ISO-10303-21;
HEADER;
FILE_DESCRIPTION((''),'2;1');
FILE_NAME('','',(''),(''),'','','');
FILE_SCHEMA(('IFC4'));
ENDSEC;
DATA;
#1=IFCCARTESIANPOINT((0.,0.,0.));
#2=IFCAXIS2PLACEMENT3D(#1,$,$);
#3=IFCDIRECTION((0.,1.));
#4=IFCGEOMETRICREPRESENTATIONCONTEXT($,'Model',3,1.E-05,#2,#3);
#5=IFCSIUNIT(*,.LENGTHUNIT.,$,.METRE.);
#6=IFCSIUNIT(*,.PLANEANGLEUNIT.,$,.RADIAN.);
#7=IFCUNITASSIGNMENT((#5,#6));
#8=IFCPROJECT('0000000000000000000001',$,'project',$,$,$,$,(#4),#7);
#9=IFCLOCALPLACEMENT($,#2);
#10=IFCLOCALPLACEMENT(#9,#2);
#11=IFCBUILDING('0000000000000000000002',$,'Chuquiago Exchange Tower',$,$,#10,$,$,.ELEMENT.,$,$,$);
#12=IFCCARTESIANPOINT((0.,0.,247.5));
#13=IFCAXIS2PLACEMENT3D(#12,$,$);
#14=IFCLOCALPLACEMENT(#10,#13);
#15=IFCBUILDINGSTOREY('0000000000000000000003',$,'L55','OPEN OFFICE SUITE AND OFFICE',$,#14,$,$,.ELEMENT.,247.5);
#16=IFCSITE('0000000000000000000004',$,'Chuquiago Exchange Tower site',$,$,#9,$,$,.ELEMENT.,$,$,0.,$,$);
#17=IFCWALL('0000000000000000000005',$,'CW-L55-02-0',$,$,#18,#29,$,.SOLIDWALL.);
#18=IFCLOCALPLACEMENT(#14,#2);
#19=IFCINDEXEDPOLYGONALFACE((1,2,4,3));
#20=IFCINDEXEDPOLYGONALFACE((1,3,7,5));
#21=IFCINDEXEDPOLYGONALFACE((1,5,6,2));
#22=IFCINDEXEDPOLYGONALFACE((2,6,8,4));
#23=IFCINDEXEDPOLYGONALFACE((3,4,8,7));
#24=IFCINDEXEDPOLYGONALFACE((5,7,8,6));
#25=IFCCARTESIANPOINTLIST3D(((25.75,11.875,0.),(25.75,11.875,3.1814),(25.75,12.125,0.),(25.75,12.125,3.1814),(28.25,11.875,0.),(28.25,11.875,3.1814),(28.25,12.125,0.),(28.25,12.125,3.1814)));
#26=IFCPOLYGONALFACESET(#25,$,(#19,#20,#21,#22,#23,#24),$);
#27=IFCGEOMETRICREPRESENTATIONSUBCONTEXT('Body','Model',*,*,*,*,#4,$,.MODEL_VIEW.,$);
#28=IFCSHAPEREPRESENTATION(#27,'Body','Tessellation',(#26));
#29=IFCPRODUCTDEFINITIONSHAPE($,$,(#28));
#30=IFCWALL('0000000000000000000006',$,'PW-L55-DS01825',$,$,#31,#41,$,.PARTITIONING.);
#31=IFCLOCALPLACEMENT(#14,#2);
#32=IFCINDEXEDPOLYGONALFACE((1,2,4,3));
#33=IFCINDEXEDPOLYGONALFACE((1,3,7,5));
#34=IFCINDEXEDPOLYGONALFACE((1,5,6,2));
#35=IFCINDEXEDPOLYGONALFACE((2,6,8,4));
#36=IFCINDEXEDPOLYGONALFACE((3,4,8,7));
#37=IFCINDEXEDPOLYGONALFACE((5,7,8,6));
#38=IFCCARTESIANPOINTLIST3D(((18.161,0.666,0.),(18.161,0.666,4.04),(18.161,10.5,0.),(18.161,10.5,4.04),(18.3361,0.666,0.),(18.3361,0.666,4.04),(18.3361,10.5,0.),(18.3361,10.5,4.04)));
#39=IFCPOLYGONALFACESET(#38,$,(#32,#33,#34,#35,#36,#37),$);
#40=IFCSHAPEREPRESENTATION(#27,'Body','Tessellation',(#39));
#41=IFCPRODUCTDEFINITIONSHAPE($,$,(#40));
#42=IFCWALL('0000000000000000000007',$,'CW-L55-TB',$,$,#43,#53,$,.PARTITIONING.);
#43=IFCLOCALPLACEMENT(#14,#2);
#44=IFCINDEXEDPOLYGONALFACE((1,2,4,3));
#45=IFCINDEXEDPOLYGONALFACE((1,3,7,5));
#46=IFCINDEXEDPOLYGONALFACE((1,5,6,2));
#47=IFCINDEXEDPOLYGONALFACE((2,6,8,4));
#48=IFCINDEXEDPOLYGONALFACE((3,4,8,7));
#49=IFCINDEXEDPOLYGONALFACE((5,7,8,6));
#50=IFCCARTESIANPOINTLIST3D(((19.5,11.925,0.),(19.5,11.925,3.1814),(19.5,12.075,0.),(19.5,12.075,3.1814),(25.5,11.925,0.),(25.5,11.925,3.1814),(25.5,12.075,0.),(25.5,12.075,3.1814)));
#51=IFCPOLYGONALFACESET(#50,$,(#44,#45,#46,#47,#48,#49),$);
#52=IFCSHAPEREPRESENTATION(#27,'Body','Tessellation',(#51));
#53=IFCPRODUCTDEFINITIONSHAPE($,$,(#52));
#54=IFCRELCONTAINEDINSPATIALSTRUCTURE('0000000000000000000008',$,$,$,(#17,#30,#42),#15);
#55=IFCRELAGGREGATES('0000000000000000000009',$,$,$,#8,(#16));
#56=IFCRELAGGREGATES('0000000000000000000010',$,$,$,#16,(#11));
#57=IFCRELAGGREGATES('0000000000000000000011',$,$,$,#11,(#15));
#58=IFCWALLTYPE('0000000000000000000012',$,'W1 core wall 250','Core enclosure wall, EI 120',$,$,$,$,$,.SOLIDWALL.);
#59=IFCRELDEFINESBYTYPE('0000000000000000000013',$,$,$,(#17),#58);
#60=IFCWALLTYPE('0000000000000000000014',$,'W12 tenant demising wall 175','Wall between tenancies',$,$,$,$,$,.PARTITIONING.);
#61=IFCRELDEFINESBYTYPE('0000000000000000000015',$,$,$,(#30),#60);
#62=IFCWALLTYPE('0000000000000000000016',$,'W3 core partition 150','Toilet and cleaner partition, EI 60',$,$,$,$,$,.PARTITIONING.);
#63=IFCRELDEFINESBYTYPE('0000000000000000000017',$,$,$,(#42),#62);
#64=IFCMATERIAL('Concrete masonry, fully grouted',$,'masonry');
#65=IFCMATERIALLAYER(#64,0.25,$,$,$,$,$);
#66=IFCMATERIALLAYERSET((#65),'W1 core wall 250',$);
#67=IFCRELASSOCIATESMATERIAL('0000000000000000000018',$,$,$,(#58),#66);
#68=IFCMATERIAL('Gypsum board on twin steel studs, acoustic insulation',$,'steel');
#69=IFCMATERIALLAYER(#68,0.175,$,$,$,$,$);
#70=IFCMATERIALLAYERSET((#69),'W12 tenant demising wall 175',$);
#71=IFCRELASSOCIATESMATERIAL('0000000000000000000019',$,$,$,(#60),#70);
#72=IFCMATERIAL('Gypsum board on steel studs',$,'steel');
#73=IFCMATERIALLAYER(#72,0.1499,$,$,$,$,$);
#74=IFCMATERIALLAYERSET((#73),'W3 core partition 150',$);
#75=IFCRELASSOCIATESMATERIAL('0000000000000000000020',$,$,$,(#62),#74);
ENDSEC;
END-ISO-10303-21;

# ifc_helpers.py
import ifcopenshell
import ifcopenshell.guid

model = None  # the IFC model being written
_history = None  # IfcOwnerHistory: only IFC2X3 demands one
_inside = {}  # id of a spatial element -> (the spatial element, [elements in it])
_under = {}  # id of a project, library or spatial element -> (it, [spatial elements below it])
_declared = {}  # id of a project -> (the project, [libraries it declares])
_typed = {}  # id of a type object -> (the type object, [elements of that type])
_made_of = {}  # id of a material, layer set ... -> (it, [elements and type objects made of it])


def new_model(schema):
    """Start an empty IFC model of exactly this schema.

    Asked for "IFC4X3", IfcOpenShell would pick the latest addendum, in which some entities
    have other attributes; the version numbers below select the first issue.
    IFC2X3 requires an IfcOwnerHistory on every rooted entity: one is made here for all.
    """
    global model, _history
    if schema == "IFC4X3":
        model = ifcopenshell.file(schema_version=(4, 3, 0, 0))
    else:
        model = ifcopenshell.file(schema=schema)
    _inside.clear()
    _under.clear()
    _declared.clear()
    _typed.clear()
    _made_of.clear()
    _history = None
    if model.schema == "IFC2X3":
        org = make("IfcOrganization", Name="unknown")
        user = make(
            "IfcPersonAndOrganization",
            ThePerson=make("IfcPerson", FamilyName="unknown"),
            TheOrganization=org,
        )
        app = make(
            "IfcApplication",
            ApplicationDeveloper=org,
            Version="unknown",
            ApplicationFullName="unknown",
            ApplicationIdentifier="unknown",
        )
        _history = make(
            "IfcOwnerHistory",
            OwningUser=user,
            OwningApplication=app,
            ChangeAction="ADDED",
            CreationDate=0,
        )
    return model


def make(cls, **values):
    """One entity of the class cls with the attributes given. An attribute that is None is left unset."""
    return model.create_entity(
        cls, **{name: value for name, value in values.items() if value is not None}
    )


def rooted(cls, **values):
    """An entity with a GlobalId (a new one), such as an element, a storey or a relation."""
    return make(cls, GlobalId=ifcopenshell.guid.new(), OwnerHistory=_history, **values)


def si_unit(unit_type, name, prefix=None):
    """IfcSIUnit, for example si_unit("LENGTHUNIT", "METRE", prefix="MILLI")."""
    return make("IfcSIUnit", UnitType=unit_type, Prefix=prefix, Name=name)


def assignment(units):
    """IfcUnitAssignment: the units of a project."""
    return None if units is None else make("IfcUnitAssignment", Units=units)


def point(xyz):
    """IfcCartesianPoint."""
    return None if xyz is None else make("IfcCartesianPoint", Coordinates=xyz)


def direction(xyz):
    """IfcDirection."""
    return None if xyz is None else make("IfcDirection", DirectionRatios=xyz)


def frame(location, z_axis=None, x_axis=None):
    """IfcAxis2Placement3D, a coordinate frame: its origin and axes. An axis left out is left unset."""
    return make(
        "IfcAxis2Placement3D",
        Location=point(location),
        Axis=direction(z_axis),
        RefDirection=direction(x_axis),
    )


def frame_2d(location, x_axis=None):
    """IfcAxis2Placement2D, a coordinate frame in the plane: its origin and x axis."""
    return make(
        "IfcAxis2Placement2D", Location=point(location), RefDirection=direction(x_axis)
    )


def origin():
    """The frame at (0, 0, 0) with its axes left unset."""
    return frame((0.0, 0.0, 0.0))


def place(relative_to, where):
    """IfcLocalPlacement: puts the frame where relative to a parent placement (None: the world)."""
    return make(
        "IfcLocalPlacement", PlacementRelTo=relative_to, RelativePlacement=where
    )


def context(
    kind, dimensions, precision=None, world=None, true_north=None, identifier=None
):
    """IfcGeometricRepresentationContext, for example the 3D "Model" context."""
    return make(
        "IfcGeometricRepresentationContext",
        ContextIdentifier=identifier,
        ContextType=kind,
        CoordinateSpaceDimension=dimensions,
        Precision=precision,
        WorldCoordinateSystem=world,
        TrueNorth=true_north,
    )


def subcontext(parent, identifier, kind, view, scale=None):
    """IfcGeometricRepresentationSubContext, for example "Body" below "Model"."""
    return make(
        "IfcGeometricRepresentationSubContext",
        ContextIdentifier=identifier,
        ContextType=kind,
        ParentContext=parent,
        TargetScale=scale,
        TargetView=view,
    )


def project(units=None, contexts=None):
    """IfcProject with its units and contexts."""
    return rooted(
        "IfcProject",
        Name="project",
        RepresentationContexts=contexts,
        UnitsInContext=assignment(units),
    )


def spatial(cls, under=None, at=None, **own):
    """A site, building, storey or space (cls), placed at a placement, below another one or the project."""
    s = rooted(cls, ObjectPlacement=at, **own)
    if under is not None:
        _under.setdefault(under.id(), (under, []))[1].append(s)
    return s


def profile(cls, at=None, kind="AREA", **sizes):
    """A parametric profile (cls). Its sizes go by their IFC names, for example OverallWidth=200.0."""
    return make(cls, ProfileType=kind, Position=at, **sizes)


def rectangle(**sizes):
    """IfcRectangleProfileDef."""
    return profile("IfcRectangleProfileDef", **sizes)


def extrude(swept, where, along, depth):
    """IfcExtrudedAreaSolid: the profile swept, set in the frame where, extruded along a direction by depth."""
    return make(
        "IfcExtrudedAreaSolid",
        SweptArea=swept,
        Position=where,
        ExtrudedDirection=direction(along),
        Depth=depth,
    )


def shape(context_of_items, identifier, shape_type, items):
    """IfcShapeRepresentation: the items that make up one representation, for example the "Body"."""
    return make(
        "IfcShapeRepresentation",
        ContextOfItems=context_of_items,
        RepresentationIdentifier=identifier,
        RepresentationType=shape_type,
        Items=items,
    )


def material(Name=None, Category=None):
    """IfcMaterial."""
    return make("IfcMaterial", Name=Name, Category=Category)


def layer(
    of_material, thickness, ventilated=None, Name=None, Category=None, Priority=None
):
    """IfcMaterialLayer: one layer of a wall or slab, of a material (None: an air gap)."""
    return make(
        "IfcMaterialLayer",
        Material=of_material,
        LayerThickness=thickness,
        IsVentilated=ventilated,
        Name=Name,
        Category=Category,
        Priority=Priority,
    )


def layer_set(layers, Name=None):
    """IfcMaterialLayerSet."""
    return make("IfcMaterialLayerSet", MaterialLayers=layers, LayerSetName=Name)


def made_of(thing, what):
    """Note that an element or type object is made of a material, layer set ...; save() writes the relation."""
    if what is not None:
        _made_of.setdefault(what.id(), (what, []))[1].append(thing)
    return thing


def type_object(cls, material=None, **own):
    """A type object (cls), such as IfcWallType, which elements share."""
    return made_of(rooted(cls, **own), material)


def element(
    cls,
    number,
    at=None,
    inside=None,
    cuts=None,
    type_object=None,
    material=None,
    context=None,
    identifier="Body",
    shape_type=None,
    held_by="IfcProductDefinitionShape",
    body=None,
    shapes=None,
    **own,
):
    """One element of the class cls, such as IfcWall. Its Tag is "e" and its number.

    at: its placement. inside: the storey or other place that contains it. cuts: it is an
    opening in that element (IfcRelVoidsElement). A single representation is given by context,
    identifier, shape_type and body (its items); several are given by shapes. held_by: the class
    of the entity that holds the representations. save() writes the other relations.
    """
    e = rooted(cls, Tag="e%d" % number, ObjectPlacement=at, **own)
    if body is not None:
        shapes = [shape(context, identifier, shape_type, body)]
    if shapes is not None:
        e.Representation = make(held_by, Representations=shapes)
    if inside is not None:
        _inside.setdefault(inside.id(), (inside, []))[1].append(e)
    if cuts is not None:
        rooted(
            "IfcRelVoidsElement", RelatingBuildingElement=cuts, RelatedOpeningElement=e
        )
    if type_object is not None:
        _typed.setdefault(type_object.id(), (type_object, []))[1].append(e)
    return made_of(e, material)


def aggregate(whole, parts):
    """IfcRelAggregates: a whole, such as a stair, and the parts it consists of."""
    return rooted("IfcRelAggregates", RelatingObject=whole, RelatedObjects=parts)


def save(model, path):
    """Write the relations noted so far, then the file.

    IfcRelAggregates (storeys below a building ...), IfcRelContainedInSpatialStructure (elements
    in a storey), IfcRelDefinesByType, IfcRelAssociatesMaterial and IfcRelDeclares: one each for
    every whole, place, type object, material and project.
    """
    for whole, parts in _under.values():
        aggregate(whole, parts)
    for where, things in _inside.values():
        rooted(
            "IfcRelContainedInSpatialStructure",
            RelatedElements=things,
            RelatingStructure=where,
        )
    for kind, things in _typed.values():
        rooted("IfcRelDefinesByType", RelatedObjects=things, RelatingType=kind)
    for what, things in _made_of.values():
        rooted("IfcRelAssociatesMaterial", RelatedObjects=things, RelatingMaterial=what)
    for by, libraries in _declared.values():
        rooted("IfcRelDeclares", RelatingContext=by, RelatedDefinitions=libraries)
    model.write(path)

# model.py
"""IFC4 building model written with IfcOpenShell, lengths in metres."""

from ifc_helpers import new_model, si_unit, direction, frame, frame_2d, origin, place, context, subcontext, project, spatial, rectangle, extrude, material, layer, layer_set, type_object, element, save


model = new_model("IFC4")

# Units and contexts
model_context = context("Model", 3, precision=1e-05, world=origin(), true_north=direction((0.0, 1.0)))
body_context = subcontext(model_context, "Body", "Model", "MODEL_VIEW")
ifc_project = project(units=[si_unit("LENGTHUNIT", "METRE"), si_unit("PLANEANGLEUNIT", "RADIAN")], contexts=[model_context])

# Site, building, storey
site_placement = place(None, origin())
site = spatial("IfcSite", under=ifc_project, at=site_placement, Name="Chuquiago Exchange Tower site", CompositionType="ELEMENT", RefElevation=0.0)
building_placement = place(site_placement, origin())
building = spatial("IfcBuilding", under=site, at=building_placement, Name="Chuquiago Exchange Tower", CompositionType="ELEMENT")
storey_placement = place(building_placement, frame((0.0, 0.0, 247.5)))
storey = spatial("IfcBuildingStorey", under=building, at=storey_placement, Name="L55", Description="OPEN OFFICE SUITE AND OFFICE", CompositionType="ELEMENT", Elevation=247.5)

# Walls
ifc_material_1 = material(Name="Concrete masonry, fully grouted", Category="masonry")
ifc_layer_1 = layer(ifc_material_1, 0.25)
ifc_layer_set_1 = layer_set([ifc_layer_1], Name="W1 core wall 250")
wall_type_1 = type_object("IfcWallType", Name="W1 core wall 250", Description="Core enclosure wall, EI 120", PredefinedType="SOLIDWALL", material=ifc_layer_set_1)
wall_1_placement = place(storey_placement, frame((25.75, 12.0, 0.0), z_axis=(0.0, 0.0, 1.0), x_axis=(1.0, 0.0, 0.0)))
element("IfcWall", 1, at=wall_1_placement, inside=storey, type_object=wall_type_1, Name="CW-L55-02-0", PredefinedType="SOLIDWALL", context=body_context, shape_type="SweptSolid", body=[
    extrude(rectangle(XDim=2.5, YDim=0.25, at=frame_2d((1.25, 0.0))), origin(), (0.0, 0.0, 1.0), 3.1814),
])
ifc_material_2 = material(Name="Gypsum board on twin steel studs, acoustic insulation", Category="steel")
ifc_layer_2 = layer(ifc_material_2, 0.175)
ifc_layer_set_2 = layer_set([ifc_layer_2], Name="W12 tenant demising wall 175")
wall_type_2 = type_object("IfcWallType", Name="W12 tenant demising wall 175", Description="Wall between tenancies", PredefinedType="PARTITIONING", material=ifc_layer_set_2)
wall_2_placement = place(storey_placement, frame((18.2485, 0.666, 0.0), z_axis=(0.0, 0.0, 1.0), x_axis=(0.0, 1.0, 0.0)))
element("IfcWall", 2, at=wall_2_placement, inside=storey, type_object=wall_type_2, Name="PW-L55-DS01825", PredefinedType="PARTITIONING", context=body_context, shape_type="SweptSolid", body=[
    extrude(rectangle(XDim=9.834, YDim=0.175, at=frame_2d((4.917, 0.0))), origin(), (0.0, 0.0, 1.0), 4.04),
])
ifc_material_3 = material(Name="Gypsum board on steel studs", Category="steel")
ifc_layer_3 = layer(ifc_material_3, 0.1499)
ifc_layer_set_3 = layer_set([ifc_layer_3], Name="W3 core partition 150")
wall_type_3 = type_object("IfcWallType", Name="W3 core partition 150", Description="Toilet and cleaner partition, EI 60", PredefinedType="PARTITIONING", material=ifc_layer_set_3)
wall_3_placement = place(storey_placement, frame((19.5, 12.0, 0.0), z_axis=(0.0, 0.0, 1.0), x_axis=(1.0, 0.0, 0.0)))
element("IfcWall", 3, at=wall_3_placement, inside=storey, type_object=wall_type_3, Name="CW-L55-TB", PredefinedType="PARTITIONING", context=body_context, shape_type="SweptSolid", body=[
    extrude(rectangle(XDim=6.0, YDim=0.1499, at=frame_2d((3.0, 0.0))), origin(), (0.0, 0.0, 1.0), 3.1814),
])

save(model, "model.ifc")
